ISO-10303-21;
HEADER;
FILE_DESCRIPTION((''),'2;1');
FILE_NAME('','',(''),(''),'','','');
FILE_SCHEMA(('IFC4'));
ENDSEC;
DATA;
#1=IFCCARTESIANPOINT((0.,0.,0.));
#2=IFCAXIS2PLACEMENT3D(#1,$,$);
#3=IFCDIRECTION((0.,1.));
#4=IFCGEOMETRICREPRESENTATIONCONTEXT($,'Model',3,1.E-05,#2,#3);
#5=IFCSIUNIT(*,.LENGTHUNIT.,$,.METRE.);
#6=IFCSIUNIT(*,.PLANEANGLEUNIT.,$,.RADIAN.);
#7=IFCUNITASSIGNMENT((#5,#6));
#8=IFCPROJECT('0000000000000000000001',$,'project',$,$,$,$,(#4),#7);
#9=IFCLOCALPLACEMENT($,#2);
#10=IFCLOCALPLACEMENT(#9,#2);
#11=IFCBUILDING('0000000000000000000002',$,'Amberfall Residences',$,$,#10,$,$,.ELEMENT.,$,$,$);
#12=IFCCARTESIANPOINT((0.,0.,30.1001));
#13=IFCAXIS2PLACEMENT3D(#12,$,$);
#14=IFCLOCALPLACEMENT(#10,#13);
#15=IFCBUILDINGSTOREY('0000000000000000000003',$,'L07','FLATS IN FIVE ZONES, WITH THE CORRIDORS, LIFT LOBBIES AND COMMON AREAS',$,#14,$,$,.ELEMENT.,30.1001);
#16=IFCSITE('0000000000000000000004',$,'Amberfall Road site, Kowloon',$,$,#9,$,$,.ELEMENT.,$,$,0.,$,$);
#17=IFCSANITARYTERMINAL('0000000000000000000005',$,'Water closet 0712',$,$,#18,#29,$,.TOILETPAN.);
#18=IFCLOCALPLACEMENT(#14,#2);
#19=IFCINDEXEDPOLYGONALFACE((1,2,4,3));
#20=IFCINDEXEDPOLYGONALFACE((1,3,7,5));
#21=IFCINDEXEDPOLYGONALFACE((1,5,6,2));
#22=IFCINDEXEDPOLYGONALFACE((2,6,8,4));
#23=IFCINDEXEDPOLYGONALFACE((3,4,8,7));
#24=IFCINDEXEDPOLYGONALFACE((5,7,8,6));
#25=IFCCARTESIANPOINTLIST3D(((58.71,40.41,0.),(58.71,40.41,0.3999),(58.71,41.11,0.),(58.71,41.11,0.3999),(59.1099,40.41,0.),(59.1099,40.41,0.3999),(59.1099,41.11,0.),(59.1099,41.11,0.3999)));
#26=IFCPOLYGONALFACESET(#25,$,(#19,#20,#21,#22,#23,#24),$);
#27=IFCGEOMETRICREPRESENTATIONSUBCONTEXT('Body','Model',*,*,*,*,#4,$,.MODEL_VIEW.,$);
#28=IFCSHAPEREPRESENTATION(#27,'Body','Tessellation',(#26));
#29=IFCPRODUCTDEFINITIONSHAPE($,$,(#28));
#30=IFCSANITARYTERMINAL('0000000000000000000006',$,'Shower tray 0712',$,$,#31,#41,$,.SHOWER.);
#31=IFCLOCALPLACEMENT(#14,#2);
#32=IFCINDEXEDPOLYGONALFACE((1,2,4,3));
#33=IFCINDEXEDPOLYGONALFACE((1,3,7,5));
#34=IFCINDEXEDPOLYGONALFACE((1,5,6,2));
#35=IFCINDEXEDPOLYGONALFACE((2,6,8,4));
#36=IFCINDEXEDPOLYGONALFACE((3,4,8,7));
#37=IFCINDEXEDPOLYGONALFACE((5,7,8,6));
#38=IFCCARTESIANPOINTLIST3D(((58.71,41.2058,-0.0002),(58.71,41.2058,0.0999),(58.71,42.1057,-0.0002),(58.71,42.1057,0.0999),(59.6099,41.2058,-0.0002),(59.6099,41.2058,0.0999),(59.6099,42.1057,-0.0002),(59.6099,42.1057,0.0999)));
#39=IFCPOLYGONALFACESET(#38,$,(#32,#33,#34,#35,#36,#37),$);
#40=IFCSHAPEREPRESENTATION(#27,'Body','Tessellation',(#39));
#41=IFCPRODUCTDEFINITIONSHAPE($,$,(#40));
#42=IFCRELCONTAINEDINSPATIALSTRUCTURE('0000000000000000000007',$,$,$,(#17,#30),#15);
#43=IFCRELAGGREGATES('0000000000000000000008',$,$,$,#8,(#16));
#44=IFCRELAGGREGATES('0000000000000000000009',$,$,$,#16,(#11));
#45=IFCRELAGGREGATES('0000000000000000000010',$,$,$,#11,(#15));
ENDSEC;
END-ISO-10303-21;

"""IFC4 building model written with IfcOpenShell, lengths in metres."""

from ifc_helpers import new_model, si_unit, direction, frame, origin, origin_2d, place, context, subcontext, project, spatial, rectangle, extrude, element, save


model = new_model("IFC4")

# Units and contexts
model_context = context("Model", 3, precision=1e-05, world=origin(), true_north=direction((0.0, 1.0)))
body_context = subcontext(model_context, "Body", "Model", "MODEL_VIEW")
ifc_project = project(units=[si_unit("LENGTHUNIT", "METRE"), si_unit("PLANEANGLEUNIT", "RADIAN")], contexts=[model_context])

# Site, building, storey
site_placement = place(None, origin())
site = spatial("IfcSite", under=ifc_project, at=site_placement, Name="Amberfall Road site, Kowloon", CompositionType="ELEMENT", RefElevation=0.0)
building_placement = place(site_placement, origin())
building = spatial("IfcBuilding", under=site, at=building_placement, Name="Amberfall Residences", CompositionType="ELEMENT")
storey_placement = place(building_placement, frame((0.0, 0.0, 30.1001)))
storey = spatial("IfcBuildingStorey", under=building, at=storey_placement, Name="L07", Description="FLATS IN FIVE ZONES, WITH THE CORRIDORS, LIFT LOBBIES AND COMMON AREAS", CompositionType="ELEMENT", Elevation=30.1001)

# Sanitary terminals
sanitary_terminal_1_placement = place(storey_placement, frame((58.9099, 40.76, 0.0), z_axis=(0.0, 0.0, 1.0), x_axis=(1.0, 0.0, 0.0)))
element("IfcSanitaryTerminal", 1, at=sanitary_terminal_1_placement, inside=storey, Name="Water closet 0712", PredefinedType="TOILETPAN", context=body_context, shape_type="SweptSolid", body=[
    extrude(rectangle(XDim=0.3999, YDim=0.7, at=origin_2d()), origin(), (0.0, 0.0, 1.0), 0.3999),
])
sanitary_terminal_2_placement = place(storey_placement, frame((59.1599, 41.6558, -0.0002), z_axis=(0.0, 0.0, 1.0), x_axis=(1.0, 0.0, 0.0)))
element("IfcSanitaryTerminal", 2, at=sanitary_terminal_2_placement, inside=storey, Name="Shower tray 0712", PredefinedType="SHOWER", context=body_context, shape_type="SweptSolid", body=[
    extrude(rectangle(XDim=0.8999, YDim=0.8999, at=origin_2d()), origin(), (0.0, 0.0, 1.0), 0.1001),
])

save(model, "model.ifc")
